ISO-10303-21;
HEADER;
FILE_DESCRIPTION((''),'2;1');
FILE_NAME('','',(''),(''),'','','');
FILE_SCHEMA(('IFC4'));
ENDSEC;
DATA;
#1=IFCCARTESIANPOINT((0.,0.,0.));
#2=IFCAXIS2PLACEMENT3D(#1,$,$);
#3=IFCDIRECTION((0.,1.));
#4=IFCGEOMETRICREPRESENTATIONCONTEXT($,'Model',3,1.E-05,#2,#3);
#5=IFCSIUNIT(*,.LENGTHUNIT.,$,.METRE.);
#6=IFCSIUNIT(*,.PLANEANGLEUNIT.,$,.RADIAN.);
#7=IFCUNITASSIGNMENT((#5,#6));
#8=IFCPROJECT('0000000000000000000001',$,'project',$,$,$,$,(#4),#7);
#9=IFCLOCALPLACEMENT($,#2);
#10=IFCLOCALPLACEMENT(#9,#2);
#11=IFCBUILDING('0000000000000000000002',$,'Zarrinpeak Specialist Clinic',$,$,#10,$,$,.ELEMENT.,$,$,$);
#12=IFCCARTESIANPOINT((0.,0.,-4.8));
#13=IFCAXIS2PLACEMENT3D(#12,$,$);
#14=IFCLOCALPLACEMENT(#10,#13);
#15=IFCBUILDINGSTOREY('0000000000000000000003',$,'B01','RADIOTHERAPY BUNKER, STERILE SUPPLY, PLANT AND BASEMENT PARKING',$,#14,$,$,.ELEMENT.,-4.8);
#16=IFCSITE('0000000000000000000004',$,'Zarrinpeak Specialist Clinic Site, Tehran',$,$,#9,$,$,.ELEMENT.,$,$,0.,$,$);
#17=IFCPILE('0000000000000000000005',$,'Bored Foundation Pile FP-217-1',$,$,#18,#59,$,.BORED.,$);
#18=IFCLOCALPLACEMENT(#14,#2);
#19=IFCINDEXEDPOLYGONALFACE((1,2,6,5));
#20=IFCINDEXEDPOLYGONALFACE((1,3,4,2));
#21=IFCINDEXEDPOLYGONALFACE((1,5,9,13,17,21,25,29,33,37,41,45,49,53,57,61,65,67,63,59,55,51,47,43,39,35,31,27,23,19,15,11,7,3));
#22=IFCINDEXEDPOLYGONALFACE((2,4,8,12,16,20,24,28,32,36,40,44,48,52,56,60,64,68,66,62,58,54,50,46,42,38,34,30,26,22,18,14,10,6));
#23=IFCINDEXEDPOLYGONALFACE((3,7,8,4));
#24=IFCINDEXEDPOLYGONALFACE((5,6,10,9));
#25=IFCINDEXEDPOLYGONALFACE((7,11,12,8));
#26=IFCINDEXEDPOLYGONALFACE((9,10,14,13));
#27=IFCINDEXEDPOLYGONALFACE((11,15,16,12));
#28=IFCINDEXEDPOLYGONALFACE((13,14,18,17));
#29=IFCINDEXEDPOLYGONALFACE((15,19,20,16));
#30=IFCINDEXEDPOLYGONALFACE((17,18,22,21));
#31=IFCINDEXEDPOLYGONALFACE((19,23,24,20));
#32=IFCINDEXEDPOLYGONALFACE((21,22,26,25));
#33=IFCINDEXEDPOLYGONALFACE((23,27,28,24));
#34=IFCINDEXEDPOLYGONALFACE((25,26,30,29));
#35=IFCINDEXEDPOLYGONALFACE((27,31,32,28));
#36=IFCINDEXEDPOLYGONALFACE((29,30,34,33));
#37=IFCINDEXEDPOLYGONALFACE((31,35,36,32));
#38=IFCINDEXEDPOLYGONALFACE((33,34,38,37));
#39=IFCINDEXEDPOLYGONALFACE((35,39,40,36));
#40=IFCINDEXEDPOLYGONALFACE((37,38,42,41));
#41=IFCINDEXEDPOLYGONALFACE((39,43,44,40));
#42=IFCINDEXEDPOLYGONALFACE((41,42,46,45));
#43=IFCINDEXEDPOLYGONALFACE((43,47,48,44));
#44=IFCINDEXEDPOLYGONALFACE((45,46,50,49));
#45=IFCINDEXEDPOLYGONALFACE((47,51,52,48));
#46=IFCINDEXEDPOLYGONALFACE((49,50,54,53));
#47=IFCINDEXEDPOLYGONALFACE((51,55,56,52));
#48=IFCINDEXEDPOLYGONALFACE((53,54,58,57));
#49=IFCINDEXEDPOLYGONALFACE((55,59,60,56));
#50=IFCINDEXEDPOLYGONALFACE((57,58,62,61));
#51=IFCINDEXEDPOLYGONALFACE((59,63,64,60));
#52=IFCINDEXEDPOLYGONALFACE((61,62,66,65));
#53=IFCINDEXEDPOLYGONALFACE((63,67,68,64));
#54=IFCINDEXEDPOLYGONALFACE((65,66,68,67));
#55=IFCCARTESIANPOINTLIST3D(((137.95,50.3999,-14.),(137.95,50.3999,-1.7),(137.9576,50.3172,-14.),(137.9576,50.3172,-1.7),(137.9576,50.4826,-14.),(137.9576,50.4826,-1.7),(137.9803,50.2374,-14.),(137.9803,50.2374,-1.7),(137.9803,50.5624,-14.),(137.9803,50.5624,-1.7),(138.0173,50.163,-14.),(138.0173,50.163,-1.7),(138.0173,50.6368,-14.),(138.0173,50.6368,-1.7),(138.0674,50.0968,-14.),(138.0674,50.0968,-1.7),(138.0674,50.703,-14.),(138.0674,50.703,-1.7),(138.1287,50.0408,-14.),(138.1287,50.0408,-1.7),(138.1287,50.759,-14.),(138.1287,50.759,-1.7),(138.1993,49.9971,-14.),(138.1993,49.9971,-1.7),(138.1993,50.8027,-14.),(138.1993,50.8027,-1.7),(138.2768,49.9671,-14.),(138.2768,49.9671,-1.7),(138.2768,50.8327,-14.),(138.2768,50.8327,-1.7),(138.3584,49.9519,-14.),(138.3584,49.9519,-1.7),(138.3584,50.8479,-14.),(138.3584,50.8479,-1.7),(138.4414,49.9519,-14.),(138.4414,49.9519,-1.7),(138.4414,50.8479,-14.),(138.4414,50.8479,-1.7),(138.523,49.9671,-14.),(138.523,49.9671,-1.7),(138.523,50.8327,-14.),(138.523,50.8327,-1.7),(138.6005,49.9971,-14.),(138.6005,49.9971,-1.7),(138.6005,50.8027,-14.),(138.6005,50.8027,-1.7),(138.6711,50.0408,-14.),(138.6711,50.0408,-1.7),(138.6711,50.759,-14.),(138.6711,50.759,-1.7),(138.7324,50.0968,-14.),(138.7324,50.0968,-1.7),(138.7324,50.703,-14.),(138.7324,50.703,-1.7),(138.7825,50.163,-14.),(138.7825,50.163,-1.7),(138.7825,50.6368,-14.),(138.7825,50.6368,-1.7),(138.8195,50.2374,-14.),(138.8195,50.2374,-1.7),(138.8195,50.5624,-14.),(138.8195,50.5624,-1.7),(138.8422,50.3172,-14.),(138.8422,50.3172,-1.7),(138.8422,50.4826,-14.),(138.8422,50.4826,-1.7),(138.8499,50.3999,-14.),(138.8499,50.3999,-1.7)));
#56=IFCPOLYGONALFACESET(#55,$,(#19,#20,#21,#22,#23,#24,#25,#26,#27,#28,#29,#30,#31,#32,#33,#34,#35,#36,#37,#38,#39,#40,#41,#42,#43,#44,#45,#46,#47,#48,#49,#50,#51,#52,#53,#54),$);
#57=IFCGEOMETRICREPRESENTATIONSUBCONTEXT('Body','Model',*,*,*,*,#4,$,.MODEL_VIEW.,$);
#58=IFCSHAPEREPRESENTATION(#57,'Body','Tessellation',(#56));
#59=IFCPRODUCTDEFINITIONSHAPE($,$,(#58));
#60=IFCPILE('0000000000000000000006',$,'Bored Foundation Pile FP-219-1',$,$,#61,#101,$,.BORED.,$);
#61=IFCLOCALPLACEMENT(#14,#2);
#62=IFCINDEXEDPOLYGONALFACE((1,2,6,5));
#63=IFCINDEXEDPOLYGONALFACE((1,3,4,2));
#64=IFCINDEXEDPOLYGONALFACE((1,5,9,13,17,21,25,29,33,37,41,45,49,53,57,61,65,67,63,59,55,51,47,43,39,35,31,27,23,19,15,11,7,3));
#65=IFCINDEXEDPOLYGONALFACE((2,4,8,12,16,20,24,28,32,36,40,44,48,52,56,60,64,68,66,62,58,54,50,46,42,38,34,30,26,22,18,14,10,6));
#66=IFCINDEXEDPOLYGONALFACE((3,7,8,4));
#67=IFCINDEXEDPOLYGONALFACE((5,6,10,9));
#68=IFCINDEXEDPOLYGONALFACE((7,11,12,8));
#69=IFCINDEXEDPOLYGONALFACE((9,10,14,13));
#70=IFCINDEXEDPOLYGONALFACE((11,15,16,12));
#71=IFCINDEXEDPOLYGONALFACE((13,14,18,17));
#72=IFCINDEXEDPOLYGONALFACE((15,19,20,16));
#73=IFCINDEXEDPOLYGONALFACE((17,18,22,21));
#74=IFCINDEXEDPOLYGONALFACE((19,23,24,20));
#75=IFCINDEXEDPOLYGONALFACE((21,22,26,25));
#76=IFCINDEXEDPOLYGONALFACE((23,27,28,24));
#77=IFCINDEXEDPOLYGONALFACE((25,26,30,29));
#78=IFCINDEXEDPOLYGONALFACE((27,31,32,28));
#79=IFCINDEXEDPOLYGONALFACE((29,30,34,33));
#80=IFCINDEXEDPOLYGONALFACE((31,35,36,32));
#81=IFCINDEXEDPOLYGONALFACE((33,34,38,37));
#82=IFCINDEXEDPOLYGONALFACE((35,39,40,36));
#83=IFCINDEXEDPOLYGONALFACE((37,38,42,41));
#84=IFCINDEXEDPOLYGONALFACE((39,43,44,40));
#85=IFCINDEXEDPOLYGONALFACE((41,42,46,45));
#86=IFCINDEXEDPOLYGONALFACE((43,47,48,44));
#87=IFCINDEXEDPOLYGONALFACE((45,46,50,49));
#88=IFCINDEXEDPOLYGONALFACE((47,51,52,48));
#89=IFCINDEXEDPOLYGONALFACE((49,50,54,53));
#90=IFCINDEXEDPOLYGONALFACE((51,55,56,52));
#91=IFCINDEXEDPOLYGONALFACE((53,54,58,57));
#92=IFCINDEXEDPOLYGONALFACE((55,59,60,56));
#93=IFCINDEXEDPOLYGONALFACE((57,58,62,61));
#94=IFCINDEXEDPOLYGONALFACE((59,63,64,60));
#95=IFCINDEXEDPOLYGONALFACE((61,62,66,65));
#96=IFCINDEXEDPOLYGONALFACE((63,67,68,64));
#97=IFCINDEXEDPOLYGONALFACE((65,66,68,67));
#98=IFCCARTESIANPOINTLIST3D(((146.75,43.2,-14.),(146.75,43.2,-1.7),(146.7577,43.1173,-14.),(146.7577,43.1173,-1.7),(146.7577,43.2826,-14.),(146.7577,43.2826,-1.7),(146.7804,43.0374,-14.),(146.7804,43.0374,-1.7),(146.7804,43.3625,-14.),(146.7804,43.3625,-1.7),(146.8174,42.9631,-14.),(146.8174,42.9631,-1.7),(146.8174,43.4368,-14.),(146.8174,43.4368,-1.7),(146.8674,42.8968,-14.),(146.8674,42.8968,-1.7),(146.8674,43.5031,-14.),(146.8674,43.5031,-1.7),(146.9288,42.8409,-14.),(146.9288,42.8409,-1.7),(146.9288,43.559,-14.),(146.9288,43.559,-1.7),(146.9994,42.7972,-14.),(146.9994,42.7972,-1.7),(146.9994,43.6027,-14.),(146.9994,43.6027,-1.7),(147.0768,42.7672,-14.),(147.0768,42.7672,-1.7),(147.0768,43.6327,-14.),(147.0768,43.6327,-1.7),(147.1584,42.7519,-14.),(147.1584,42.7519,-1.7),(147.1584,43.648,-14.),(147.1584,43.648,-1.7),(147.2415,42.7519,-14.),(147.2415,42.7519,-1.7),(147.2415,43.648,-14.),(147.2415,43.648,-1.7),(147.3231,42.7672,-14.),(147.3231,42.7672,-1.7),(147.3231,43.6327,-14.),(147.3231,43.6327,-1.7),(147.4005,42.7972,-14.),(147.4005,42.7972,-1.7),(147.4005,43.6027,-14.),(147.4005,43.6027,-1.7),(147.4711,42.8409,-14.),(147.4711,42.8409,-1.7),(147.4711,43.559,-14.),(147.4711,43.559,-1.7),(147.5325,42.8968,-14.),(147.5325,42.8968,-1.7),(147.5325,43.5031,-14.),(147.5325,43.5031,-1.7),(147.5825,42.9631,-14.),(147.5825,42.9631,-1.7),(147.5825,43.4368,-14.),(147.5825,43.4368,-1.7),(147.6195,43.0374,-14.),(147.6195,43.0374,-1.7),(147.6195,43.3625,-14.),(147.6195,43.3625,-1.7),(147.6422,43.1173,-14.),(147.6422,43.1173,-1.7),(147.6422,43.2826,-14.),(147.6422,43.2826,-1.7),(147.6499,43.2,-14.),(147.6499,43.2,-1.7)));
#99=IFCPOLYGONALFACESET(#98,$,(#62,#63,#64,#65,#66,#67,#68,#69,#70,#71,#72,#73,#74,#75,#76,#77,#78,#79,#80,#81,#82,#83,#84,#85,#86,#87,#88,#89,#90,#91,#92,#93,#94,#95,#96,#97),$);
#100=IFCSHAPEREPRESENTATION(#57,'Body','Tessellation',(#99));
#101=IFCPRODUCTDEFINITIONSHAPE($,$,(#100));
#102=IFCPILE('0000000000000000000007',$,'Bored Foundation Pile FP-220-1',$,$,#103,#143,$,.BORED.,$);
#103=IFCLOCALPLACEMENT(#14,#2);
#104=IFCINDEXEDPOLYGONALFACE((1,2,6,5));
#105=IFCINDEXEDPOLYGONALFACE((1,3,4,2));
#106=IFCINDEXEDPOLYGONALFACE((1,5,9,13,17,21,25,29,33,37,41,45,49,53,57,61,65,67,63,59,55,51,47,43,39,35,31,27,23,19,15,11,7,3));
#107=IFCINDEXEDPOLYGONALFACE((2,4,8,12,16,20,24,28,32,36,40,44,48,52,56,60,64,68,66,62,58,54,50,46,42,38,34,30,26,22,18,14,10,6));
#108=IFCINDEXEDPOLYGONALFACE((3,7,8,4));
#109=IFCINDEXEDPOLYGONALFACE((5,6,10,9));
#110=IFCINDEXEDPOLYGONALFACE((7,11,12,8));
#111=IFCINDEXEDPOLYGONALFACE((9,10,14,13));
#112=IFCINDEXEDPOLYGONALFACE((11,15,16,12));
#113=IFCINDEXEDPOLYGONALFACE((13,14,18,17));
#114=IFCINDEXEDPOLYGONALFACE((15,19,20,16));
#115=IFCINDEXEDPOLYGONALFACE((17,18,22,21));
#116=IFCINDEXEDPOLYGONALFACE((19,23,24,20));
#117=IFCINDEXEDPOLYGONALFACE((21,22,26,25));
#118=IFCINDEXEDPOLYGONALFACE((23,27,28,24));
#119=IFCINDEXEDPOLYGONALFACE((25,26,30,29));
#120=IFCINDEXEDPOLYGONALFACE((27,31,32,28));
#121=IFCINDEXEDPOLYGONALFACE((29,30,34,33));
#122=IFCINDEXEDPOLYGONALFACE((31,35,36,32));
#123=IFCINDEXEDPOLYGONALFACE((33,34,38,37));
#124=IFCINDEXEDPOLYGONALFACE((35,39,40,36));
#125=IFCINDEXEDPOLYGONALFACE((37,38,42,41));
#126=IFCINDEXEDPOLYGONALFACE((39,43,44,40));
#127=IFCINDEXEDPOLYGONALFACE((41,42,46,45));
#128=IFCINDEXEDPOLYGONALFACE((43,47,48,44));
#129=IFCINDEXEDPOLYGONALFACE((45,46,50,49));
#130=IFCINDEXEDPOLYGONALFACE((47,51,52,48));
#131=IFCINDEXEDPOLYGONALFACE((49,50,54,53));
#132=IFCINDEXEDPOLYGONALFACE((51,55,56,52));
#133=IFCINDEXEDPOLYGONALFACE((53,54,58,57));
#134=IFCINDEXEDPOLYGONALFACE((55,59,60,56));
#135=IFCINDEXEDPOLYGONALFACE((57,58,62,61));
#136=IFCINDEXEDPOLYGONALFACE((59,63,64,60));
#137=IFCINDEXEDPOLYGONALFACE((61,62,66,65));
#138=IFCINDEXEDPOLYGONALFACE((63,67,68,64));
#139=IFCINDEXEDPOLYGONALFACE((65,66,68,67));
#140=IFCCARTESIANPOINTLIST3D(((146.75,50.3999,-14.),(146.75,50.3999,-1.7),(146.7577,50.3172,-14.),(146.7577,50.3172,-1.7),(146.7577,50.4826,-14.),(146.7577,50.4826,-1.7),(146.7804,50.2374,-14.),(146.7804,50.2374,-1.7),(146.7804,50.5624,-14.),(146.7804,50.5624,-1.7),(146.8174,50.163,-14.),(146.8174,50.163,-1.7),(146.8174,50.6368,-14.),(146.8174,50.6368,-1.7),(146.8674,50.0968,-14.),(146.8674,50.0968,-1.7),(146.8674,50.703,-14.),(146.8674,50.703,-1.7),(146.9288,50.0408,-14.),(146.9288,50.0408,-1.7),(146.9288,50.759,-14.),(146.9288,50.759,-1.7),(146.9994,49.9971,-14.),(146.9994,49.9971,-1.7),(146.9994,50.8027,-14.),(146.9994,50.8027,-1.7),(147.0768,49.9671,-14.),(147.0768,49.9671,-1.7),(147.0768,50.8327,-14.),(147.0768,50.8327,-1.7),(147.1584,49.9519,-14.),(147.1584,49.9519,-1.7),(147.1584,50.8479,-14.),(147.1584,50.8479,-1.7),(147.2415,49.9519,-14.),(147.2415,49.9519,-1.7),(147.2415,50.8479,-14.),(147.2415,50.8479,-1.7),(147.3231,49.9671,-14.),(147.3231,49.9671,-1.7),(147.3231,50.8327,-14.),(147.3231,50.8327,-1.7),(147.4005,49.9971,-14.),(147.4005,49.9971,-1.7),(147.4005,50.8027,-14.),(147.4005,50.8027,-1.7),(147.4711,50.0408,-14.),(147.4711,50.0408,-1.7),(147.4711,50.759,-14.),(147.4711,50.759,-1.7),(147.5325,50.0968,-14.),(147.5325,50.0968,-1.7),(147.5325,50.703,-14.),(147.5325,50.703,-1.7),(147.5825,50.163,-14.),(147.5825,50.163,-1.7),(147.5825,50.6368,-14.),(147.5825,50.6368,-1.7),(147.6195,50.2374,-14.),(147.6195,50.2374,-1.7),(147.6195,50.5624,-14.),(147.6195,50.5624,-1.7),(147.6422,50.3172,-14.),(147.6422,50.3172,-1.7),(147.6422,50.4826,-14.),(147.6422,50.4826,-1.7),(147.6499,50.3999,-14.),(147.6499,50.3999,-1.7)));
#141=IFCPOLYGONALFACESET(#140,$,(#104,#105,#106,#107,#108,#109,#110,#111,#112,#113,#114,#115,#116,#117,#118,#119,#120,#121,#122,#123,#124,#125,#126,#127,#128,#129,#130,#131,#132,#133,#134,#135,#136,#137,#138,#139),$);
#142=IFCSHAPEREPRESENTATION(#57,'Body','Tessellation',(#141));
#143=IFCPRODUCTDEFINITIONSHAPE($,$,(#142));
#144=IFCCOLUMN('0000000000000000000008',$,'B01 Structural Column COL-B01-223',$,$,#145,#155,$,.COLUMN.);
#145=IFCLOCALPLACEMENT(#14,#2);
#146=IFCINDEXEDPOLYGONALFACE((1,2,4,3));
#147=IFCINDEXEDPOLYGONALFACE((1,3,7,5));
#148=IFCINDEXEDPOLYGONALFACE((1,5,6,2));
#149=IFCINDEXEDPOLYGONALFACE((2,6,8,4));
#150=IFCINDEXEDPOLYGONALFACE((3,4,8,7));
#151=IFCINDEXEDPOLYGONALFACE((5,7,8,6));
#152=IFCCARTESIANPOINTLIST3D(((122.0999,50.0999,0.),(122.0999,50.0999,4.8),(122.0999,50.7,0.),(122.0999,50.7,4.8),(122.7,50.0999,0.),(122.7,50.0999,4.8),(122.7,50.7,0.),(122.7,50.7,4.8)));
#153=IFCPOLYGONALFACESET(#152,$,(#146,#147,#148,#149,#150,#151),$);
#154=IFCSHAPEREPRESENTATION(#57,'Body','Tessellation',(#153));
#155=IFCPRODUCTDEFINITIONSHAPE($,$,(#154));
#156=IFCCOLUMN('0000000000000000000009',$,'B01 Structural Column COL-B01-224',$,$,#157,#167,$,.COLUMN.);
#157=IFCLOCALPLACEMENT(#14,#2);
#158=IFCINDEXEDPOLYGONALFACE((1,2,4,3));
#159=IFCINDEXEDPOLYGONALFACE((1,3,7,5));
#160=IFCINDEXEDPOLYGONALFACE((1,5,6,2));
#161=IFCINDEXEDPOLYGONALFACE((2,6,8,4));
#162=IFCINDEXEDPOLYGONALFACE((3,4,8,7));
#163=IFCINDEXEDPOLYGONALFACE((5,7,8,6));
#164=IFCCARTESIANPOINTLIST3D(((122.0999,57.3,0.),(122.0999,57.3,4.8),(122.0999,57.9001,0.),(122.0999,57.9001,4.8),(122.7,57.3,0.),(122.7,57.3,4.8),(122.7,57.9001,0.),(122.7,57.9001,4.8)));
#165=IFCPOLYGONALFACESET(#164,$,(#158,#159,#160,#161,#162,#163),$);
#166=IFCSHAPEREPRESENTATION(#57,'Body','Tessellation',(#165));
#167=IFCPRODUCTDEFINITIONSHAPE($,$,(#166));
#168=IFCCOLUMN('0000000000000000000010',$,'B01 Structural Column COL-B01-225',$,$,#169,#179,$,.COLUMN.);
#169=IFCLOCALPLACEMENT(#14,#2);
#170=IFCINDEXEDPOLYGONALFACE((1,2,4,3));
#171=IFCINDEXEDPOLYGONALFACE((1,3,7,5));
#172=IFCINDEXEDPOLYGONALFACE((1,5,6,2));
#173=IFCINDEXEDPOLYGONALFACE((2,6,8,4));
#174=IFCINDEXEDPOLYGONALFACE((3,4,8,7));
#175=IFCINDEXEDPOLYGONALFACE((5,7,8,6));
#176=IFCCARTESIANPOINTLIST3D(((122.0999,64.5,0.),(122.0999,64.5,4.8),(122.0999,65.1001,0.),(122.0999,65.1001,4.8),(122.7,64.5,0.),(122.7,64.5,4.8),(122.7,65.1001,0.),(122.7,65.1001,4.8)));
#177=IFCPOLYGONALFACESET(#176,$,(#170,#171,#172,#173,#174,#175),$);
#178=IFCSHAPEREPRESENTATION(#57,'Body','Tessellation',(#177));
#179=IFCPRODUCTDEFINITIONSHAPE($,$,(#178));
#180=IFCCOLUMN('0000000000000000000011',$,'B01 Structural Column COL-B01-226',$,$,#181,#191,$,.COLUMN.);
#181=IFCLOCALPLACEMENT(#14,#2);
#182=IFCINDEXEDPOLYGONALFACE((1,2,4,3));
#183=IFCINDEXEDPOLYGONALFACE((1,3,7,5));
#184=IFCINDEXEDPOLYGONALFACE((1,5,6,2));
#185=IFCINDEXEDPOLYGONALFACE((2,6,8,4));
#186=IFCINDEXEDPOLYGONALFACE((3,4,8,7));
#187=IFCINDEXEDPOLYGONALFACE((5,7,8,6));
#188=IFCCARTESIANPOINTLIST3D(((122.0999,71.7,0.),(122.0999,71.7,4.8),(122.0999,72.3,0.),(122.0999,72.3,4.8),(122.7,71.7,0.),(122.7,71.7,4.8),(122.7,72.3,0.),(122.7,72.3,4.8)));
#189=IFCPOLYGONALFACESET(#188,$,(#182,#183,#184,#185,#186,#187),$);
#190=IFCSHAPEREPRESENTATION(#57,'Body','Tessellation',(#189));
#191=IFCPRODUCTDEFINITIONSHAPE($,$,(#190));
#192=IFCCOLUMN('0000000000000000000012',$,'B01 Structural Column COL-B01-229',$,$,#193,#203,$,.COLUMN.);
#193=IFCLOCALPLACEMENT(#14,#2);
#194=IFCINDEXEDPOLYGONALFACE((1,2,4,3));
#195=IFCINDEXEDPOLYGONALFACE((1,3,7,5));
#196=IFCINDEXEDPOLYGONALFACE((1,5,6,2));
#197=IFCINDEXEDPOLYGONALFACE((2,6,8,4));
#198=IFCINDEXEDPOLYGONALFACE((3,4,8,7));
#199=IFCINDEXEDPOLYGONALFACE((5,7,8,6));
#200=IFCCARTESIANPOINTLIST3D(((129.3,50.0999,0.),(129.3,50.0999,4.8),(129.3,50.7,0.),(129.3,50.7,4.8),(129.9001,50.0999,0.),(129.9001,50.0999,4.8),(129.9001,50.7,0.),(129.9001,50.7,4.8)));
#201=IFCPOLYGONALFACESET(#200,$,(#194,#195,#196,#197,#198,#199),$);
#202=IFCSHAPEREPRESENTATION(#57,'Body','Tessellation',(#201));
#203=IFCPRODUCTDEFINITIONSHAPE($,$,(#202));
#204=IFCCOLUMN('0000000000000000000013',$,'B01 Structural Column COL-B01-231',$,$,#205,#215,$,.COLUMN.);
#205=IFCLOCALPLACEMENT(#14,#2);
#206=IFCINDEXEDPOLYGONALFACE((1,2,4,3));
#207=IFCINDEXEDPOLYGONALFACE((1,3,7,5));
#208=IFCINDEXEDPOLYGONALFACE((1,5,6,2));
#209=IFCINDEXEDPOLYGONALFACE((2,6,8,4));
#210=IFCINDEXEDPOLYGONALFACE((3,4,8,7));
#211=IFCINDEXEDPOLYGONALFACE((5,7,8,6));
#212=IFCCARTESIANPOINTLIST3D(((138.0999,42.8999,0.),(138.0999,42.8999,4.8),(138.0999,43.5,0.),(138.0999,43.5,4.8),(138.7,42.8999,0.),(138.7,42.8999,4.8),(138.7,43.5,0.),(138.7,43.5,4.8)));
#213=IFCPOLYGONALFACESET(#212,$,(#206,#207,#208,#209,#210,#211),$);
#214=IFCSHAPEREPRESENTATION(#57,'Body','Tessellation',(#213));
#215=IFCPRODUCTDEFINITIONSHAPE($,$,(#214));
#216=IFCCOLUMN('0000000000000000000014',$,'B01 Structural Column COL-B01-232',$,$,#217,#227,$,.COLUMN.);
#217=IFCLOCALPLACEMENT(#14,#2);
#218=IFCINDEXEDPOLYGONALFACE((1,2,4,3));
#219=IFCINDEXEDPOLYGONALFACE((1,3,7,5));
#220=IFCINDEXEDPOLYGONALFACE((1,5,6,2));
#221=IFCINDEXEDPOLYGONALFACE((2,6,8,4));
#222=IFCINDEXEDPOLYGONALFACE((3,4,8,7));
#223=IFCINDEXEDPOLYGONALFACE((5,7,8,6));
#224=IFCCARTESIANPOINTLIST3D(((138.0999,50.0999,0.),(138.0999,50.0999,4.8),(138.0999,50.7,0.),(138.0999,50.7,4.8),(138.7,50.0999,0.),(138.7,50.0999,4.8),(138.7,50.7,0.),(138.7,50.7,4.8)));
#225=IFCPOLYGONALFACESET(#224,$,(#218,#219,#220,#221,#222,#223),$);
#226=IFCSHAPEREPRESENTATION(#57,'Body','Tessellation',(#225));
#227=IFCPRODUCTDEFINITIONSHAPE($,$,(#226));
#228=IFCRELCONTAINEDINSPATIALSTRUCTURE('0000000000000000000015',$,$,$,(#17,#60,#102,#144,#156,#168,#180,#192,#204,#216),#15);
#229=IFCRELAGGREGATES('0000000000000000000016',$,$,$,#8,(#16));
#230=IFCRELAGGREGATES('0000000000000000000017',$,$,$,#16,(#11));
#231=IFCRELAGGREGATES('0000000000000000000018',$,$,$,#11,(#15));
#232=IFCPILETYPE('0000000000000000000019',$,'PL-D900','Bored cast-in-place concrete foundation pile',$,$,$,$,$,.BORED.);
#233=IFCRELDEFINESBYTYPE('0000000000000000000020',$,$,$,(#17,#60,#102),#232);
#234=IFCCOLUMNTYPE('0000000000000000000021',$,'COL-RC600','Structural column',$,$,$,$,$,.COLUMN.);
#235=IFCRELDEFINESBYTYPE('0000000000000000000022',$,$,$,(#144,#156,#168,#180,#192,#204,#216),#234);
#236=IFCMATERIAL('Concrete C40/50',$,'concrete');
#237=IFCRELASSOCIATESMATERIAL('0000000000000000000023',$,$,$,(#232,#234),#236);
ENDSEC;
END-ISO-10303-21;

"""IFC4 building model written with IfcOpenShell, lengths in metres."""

from ifc_helpers import new_model, si_unit, direction, frame, origin, origin_2d, place, context, subcontext, project, spatial, rectangle, circle, extrude, material, material_profile, profile_set, type_object, element, save


model = new_model("IFC4")

# Units and contexts
model_context = context("Model", 3, precision=1e-05, world=origin(), true_north=direction((0.0, 1.0)))
body_context = subcontext(model_context, "Body", "Model", "MODEL_VIEW")
ifc_project = project(units=[si_unit("LENGTHUNIT", "METRE"), si_unit("PLANEANGLEUNIT", "RADIAN")], contexts=[model_context])

# Site, building, storey
site_placement = place(None, origin())
site = spatial("IfcSite", under=ifc_project, at=site_placement, Name="Zarrinpeak Specialist Clinic Site, Tehran", CompositionType="ELEMENT", RefElevation=0.0)
building_placement = place(site_placement, origin())
building = spatial("IfcBuilding", under=site, at=building_placement, Name="Zarrinpeak Specialist Clinic", CompositionType="ELEMENT")
storey_placement = place(building_placement, frame((0.0, 0.0, -4.8)))
storey = spatial("IfcBuildingStorey", under=building, at=storey_placement, Name="B01", Description="RADIOTHERAPY BUNKER, STERILE SUPPLY, PLANT AND BASEMENT PARKING", CompositionType="ELEMENT", Elevation=-4.8)

# Shared definitions
ifc_material_1 = material(Name="Concrete C40/50", Category="concrete")

# Piles
ifc_material_profile_1 = material_profile(ifc_material_1, circle(Radius=0.45, at=origin_2d()), Name="BORED PILE D900")
ifc_profile_set_1 = profile_set([ifc_material_profile_1], Name="Concrete C40/50")
pile_type = type_object("IfcPileType", Name="PL-D900", Description="Bored cast-in-place concrete foundation pile", PredefinedType="BORED", material=ifc_profile_set_1)
for number, where, z_axis, x_axis, name in (
    (1, (138.3999, 50.3999, -1.7), (0.0, 0.0, -1.0), (1.0, 0.0, 0.0), "Bored Foundation Pile FP-217-1"),
    (2, (147.2, 43.2, -1.7), (0.0, 0.0, -1.0), (1.0, 0.0, 0.0), "Bored Foundation Pile FP-219-1"),
    (3, (147.2, 50.3999, -1.7), (0.0, 0.0, -1.0), (1.0, 0.0, 0.0), "Bored Foundation Pile FP-220-1"),
):
    element("IfcPile", number, at=place(storey_placement, frame(where, z_axis=z_axis, x_axis=x_axis)), inside=storey, type_object=pile_type, Name=name, PredefinedType="BORED", context=body_context, shape_type="SweptSolid", body=[
        extrude(circle(Radius=0.45, at=origin_2d()), origin(), (0.0, 0.0, 1.0), 12.3),
    ])

# Columns
ifc_material_profile_2 = material_profile(ifc_material_1, rectangle(XDim=0.6001, YDim=0.6001, at=origin_2d()), Name="RC 600x600")
ifc_profile_set_2 = profile_set([ifc_material_profile_2], Name="Concrete C40/50")
column_type = type_object("IfcColumnType", Name="COL-RC600", Description="Structural column", PredefinedType="COLUMN", material=ifc_profile_set_2)
for number, where, z_axis, x_axis, name in (
    (4, (122.3999, 50.3999, 0.0), (0.0, 0.0, 1.0), (1.0, 0.0, 0.0), "B01 Structural Column COL-B01-223"),
    (5, (122.3999, 57.6001, 0.0), (0.0, 0.0, 1.0), (1.0, 0.0, 0.0), "B01 Structural Column COL-B01-224"),
    (6, (122.3999, 64.8, 0.0), (0.0, 0.0, 1.0), (1.0, 0.0, 0.0), "B01 Structural Column COL-B01-225"),
    (7, (122.3999, 72.0, 0.0), (0.0, 0.0, 1.0), (1.0, 0.0, 0.0), "B01 Structural Column COL-B01-226"),
    (8, (129.6001, 50.3999, 0.0), (0.0, 0.0, 1.0), (1.0, 0.0, 0.0), "B01 Structural Column COL-B01-229"),
    (9, (138.3999, 43.2, 0.0), (0.0, 0.0, 1.0), (1.0, 0.0, 0.0), "B01 Structural Column COL-B01-231"),
    (10, (138.3999, 50.3999, 0.0), (0.0, 0.0, 1.0), (1.0, 0.0, 0.0), "B01 Structural Column COL-B01-232"),
):
    element("IfcColumn", number, at=place(storey_placement, frame(where, z_axis=z_axis, x_axis=x_axis)), inside=storey, type_object=column_type, Name=name, PredefinedType="COLUMN", context=body_context, shape_type="SweptSolid", body=[
        extrude(rectangle(XDim=0.6001, YDim=0.6001, at=origin_2d()), origin(), (0.0, 0.0, 1.0), 4.8),
    ])

save(model, "model.ifc")
